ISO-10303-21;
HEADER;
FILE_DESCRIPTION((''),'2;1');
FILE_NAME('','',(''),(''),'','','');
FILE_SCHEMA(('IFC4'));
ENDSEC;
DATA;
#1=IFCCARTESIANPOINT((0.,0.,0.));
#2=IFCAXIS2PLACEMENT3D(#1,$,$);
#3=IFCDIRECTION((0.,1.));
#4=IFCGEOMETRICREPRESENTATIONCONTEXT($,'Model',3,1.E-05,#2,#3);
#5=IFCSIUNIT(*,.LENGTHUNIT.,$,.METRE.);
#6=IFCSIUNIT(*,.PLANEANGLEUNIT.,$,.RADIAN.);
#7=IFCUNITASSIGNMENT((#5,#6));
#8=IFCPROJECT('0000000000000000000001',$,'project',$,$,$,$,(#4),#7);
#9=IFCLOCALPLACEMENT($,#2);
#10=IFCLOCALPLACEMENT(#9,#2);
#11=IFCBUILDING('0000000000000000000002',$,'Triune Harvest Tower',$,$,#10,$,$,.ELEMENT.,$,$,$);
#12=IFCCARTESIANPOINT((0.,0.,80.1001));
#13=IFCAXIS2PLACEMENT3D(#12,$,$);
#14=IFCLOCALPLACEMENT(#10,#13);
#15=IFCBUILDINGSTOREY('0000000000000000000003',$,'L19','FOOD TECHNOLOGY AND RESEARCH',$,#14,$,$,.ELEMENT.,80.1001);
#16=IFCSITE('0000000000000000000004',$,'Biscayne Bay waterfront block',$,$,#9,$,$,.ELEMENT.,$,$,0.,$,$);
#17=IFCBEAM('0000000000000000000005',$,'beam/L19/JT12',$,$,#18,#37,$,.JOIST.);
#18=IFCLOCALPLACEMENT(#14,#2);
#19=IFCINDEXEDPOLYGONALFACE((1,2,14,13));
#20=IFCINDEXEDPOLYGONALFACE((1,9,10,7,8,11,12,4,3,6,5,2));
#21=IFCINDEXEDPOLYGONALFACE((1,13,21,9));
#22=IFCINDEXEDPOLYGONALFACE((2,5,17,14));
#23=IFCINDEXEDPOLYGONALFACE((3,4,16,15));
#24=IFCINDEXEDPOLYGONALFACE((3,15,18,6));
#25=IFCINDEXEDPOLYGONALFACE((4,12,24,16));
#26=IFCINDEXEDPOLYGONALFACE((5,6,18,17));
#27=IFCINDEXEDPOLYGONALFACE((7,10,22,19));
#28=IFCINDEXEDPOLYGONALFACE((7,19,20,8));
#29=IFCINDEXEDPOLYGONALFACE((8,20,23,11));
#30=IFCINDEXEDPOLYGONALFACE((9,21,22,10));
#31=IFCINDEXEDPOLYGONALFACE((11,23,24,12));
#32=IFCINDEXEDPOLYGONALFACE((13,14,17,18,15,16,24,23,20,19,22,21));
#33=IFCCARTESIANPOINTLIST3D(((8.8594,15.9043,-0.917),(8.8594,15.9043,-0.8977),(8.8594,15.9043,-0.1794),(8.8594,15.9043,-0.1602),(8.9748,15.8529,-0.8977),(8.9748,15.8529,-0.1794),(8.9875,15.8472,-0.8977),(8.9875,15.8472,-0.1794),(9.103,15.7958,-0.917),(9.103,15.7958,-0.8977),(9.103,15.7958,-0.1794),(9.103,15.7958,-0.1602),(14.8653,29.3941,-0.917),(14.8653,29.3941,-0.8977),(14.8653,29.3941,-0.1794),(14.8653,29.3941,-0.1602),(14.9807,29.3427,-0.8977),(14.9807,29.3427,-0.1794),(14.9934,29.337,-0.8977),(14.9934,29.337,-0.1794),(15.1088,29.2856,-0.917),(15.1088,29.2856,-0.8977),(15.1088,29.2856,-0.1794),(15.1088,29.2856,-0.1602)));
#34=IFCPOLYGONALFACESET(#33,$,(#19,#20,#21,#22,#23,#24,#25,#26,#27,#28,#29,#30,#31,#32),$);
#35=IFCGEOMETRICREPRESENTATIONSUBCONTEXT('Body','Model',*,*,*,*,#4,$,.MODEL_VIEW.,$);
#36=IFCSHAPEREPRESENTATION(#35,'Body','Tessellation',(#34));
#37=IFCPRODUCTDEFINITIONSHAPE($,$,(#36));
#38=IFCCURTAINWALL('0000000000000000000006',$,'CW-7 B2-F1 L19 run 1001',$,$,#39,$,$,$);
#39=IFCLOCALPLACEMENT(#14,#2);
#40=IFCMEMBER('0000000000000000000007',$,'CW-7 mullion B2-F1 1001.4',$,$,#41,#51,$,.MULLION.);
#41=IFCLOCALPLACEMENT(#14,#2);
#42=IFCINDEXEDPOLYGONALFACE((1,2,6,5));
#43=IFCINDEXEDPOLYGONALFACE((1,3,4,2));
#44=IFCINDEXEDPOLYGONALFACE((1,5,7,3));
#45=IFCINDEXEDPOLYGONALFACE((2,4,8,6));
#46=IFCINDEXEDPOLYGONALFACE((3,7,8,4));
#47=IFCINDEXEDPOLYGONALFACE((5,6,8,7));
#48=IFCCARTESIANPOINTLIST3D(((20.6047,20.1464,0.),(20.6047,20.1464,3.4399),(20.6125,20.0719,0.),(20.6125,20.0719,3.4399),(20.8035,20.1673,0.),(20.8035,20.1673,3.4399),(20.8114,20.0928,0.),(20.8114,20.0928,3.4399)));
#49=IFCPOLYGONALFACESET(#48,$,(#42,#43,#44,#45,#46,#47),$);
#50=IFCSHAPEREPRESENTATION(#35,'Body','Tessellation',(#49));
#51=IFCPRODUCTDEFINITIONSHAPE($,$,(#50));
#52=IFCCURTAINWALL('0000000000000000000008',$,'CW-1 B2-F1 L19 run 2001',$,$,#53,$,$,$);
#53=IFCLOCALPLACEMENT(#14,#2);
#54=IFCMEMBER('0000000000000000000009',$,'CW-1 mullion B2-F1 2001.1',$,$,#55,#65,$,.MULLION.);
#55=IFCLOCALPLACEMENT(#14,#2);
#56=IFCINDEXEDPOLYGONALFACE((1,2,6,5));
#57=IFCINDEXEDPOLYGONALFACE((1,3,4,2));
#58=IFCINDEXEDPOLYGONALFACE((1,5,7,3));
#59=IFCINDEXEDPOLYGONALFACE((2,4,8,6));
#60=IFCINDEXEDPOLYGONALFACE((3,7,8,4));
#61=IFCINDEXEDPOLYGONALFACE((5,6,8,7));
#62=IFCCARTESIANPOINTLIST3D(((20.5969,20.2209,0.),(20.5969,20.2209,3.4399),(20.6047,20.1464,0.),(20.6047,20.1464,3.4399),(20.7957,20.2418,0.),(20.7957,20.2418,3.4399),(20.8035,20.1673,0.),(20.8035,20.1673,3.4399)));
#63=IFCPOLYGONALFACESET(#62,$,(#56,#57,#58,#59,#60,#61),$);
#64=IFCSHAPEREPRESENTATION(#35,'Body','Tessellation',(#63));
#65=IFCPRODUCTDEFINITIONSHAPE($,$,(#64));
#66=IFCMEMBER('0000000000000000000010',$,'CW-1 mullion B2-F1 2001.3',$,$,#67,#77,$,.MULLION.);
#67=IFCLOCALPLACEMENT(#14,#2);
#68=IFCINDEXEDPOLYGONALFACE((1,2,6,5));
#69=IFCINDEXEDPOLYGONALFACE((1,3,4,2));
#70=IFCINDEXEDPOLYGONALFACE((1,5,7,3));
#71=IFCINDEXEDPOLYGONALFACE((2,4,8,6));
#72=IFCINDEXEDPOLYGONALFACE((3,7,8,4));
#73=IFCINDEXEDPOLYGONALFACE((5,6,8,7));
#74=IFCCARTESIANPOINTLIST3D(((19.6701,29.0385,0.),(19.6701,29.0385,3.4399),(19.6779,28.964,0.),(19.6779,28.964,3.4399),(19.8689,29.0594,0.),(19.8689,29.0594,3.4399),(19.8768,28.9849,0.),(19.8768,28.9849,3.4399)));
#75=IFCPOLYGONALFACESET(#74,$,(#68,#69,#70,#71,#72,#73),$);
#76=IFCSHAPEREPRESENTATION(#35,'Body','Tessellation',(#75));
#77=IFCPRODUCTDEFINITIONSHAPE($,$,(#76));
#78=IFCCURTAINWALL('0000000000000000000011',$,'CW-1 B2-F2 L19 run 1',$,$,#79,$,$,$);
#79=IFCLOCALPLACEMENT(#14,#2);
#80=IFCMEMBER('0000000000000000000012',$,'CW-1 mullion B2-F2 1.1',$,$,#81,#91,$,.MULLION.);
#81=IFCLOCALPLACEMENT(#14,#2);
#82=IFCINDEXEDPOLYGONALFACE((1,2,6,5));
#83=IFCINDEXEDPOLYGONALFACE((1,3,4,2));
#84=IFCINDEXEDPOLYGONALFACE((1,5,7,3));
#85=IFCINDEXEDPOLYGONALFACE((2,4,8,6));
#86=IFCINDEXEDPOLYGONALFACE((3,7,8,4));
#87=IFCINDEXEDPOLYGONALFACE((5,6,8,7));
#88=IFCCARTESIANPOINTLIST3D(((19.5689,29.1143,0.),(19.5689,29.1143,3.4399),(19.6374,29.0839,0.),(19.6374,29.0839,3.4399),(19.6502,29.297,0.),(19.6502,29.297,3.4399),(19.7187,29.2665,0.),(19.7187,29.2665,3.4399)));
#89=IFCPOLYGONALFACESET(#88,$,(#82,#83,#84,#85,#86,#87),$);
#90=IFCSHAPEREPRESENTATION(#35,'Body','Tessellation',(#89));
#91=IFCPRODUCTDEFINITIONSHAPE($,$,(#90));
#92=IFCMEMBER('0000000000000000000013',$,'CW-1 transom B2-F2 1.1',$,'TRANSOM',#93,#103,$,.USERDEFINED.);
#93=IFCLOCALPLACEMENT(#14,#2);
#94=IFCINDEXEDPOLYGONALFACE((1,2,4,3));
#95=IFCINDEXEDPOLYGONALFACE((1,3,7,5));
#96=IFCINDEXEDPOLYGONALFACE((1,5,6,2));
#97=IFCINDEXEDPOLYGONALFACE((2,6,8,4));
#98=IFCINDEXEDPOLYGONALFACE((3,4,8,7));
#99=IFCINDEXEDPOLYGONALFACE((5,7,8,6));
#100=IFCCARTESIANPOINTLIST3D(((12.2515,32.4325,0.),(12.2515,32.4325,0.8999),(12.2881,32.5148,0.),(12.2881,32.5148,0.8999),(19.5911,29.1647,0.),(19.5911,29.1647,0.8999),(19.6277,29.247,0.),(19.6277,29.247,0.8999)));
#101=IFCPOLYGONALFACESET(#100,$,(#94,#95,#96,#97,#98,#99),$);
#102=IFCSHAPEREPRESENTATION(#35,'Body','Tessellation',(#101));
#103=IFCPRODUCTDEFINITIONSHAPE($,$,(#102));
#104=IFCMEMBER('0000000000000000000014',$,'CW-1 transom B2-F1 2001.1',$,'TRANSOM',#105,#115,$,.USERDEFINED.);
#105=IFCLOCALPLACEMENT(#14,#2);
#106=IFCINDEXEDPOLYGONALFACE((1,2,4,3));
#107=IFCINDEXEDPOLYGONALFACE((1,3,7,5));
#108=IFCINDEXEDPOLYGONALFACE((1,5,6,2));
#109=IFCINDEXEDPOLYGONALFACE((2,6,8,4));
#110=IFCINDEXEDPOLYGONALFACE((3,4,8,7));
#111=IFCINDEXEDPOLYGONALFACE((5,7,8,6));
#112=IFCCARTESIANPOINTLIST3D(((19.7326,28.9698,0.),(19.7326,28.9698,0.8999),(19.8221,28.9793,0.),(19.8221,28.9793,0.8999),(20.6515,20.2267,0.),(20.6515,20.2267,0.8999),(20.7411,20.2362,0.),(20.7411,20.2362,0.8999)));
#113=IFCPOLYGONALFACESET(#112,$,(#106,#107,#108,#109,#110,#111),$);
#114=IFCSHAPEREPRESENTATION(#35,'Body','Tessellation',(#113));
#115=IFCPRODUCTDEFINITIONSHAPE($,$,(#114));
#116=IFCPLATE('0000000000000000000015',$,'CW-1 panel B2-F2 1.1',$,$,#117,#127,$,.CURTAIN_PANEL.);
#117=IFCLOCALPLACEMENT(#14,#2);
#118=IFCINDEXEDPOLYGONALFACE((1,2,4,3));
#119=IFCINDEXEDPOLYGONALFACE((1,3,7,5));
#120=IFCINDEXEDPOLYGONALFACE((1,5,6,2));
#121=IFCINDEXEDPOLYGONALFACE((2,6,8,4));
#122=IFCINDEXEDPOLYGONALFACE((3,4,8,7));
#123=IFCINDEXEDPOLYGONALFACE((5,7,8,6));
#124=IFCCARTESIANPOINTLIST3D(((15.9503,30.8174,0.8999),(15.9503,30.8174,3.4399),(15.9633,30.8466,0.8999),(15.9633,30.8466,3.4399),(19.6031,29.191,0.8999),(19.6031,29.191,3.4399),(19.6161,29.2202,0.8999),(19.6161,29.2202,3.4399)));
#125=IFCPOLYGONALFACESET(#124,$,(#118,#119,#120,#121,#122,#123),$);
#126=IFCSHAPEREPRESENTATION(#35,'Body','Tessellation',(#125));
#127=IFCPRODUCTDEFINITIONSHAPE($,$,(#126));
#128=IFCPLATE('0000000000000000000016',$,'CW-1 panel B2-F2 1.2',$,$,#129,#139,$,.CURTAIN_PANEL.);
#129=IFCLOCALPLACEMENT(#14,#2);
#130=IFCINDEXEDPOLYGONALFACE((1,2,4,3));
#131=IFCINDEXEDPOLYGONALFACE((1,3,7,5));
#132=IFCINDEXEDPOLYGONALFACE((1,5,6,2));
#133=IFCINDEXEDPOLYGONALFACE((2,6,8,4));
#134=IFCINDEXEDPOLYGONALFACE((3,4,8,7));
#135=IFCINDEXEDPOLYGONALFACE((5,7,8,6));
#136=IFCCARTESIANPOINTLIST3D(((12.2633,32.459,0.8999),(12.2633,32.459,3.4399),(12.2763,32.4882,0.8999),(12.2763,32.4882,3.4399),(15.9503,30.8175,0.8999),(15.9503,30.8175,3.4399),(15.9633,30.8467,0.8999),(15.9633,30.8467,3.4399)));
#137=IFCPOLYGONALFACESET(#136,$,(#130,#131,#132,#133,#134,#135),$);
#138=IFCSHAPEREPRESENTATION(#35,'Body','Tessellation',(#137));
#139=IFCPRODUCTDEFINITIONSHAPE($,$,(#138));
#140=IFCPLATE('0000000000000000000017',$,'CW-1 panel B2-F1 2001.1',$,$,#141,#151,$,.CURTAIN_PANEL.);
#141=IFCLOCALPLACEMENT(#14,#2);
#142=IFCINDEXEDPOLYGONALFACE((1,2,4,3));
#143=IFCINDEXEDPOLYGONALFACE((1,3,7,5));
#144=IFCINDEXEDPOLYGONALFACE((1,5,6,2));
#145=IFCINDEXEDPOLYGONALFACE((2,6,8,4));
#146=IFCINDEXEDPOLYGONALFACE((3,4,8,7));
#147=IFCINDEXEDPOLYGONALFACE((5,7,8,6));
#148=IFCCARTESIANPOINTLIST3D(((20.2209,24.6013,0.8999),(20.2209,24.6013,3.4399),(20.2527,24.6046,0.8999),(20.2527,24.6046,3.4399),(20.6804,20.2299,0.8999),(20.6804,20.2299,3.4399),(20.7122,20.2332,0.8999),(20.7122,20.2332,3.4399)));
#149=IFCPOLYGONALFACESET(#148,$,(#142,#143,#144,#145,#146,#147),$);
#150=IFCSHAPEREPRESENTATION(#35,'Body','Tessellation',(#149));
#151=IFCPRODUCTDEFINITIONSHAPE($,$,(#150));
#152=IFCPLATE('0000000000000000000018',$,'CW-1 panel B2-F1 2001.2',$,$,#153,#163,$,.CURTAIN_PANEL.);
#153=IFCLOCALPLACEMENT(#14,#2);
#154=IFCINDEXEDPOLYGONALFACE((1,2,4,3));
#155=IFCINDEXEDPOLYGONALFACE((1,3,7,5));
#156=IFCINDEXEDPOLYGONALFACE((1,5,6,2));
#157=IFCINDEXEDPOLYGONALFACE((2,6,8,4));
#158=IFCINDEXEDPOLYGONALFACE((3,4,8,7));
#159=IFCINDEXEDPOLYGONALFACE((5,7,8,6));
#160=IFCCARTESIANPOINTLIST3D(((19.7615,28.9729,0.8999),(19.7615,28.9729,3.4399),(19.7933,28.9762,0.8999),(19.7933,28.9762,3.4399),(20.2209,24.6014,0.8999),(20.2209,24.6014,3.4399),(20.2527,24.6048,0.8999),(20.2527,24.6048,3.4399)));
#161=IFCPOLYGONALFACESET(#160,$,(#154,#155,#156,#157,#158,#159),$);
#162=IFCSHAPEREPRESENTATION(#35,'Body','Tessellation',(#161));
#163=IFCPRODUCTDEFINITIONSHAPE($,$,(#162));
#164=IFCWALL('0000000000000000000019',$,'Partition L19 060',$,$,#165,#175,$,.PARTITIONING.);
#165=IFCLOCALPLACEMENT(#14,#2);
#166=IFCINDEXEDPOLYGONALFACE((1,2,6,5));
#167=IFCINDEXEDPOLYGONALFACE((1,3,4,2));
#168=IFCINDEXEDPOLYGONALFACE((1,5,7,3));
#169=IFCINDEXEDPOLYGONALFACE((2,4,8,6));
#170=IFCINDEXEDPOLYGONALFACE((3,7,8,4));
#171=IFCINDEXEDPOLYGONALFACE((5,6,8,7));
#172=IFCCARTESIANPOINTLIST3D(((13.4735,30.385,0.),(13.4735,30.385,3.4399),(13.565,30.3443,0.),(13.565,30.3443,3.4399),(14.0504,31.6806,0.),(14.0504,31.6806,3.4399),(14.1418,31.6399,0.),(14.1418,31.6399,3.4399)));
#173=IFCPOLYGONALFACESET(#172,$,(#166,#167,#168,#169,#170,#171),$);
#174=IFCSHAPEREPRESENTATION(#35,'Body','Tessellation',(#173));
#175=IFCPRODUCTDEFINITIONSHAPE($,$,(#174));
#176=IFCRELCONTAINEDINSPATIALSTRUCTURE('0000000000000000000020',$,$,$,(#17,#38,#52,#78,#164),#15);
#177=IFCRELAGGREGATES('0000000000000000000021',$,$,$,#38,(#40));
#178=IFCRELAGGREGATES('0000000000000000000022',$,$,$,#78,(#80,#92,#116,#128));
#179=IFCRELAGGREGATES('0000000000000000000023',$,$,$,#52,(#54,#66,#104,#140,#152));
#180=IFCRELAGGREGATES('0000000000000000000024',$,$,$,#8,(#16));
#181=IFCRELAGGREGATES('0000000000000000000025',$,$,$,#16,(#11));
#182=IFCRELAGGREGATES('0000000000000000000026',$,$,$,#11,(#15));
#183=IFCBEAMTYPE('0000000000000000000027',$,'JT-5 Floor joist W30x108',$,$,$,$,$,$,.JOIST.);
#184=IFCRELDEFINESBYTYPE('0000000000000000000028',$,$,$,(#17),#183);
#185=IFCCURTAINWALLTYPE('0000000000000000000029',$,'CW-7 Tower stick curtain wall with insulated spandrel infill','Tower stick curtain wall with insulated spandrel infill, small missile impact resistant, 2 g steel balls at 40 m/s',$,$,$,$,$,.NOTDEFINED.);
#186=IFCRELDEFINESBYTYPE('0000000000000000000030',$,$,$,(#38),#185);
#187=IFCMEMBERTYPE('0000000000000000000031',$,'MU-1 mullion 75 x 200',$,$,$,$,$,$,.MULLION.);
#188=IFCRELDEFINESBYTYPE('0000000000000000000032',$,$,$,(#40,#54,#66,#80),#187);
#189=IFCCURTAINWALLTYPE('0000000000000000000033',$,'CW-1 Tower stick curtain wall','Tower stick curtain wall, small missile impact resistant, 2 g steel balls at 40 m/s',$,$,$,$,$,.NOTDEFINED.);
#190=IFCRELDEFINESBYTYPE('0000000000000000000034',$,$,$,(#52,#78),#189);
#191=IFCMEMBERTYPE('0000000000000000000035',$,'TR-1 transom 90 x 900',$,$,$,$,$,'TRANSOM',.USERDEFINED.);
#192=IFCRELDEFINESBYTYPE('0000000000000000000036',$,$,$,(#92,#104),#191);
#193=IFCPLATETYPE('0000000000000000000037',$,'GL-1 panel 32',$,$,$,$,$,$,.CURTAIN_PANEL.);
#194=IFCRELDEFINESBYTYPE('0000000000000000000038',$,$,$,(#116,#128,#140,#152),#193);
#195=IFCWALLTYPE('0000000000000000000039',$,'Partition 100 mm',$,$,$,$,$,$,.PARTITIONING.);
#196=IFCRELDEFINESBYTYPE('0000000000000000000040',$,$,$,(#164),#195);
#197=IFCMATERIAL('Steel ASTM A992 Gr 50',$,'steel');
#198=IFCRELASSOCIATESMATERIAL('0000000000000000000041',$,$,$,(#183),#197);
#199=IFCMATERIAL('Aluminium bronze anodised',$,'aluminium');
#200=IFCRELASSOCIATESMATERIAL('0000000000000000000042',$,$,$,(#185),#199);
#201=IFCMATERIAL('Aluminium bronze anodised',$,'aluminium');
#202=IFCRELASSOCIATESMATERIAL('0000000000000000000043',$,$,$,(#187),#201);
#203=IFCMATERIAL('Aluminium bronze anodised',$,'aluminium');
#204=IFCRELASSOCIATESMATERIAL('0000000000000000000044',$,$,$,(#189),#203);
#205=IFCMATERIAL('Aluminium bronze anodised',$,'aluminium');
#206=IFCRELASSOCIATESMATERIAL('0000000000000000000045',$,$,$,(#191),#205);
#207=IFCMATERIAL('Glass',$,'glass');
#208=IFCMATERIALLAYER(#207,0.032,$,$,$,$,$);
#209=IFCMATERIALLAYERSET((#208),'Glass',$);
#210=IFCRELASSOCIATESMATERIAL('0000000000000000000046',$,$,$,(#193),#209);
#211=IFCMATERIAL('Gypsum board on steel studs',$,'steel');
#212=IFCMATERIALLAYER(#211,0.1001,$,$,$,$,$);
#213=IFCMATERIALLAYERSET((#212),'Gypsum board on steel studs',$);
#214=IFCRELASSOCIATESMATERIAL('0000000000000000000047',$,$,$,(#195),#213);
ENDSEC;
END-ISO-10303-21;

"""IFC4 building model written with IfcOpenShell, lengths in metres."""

from ifc_helpers import new_model, si_unit, direction, frame, frame_2d, origin, origin_2d, place, context, subcontext, project, spatial, rectangle, i_section, extrude, source, transform, mapped, material, layer, layer_set, material_profile, profile_set, type_object, element, aggregate, save


model = new_model("IFC4")

# Units and contexts
model_context = context("Model", 3, precision=1e-05, world=origin(), true_north=direction((0.0, 1.0)))
body_context = subcontext(model_context, "Body", "Model", "MODEL_VIEW")
ifc_project = project(units=[si_unit("LENGTHUNIT", "METRE"), si_unit("PLANEANGLEUNIT", "RADIAN")], contexts=[model_context])

# Site, building, storey
site_placement = place(None, origin())
site = spatial("IfcSite", under=ifc_project, at=site_placement, Name="Biscayne Bay waterfront block", CompositionType="ELEMENT", RefElevation=0.0)
building_placement = place(site_placement, origin())
building = spatial("IfcBuilding", under=site, at=building_placement, Name="Triune Harvest Tower", CompositionType="ELEMENT")
storey_placement = place(building_placement, frame((0.0, 0.0, 80.1001)))
storey = spatial("IfcBuildingStorey", under=building, at=storey_placement, Name="L19", Description="FOOD TECHNOLOGY AND RESEARCH", CompositionType="ELEMENT", Elevation=80.1001)

# Beam
ifc_material_1 = material(Name="Steel ASTM A992 Gr 50", Category="steel")
ifc_material_profile_1 = material_profile(ifc_material_1, i_section(OverallWidth=0.2666, OverallDepth=0.7568, WebThickness=0.0139, FlangeThickness=0.0193, at=origin_2d()), Name="W30x108")
ifc_profile_set_1 = profile_set([ifc_material_profile_1], Name="Steel ASTM A992 Gr 50")
beam_type_1 = type_object("IfcBeamType", Name="JT-5 Floor joist W30x108", PredefinedType="JOIST", material=ifc_profile_set_1)
shared_shape_1 = source(origin(), body_context, "Body", "SweptSolid", [
    extrude(i_section(OverallWidth=0.2666, OverallDepth=0.7568, WebThickness=0.0139, FlangeThickness=0.0193, at=origin_2d()), origin(), (0.0, 0.0, 1.0), 14.7664),
])
beam_1_placement = place(storey_placement, frame((14.9871, 29.3398, -0.5386), z_axis=(-0.406727, -0.91355, 0.0), x_axis=(0.91355, -0.406727, 0.0)))
element("IfcBeam", 1, at=beam_1_placement, inside=storey, type_object=beam_type_1, Name="beam/L19/JT12", PredefinedType="JOIST", context=body_context, shape_type="MappedRepresentation", body=[
    mapped(shared_shape_1, transform((0.0, 0.0, 0.0), scale=1.0)),
])

# Curtain wall, member
ifc_material_2 = material(Name="Aluminium bronze anodised", Category="aluminium")
curtain_wall_type_1 = type_object("IfcCurtainWallType", Name="CW-7 Tower stick curtain wall with insulated spandrel infill", Description="Tower stick curtain wall with insulated spandrel infill, small missile impact resistant, 2 g steel balls at 40 m/s", PredefinedType="NOTDEFINED", material=ifc_material_2)
curtain_wall_1_placement = place(storey_placement, origin())
curtain_wall_1 = element("IfcCurtainWall", 2, at=curtain_wall_1_placement, inside=storey, type_object=curtain_wall_type_1, Name="CW-7 B2-F1 L19 run 1001")
ifc_material_3 = material(Name="Aluminium bronze anodised", Category="aluminium")
ifc_material_profile_2 = material_profile(ifc_material_3, rectangle(XDim=0.2, YDim=0.075, at=origin_2d()), Name="MU-1 mullion 75 x 200")
ifc_profile_set_2 = profile_set([ifc_material_profile_2], Name="Aluminium bronze anodised")
member_type_1 = type_object("IfcMemberType", Name="MU-1 mullion 75 x 200", PredefinedType="MULLION", material=ifc_profile_set_2)
shared_shape_2 = source(origin(), body_context, "Body", "SweptSolid", [
    extrude(rectangle(XDim=0.2, YDim=0.075, at=origin_2d()), origin(), (0.0, 0.0, 1.0), 3.4399),
])
member_1_placement = place(storey_placement, frame((20.708, 20.1196, 0.0), z_axis=(0.0, 0.0, 1.0), x_axis=(-0.994522, -0.104528, 0.0)))
member_1 = element("IfcMember", 3, at=member_1_placement, type_object=member_type_1, Name="CW-7 mullion B2-F1 1001.4", PredefinedType="MULLION", context=body_context, shape_type="MappedRepresentation", body=[
    mapped(shared_shape_2, transform((0.0, 0.0, 0.0), scale=1.0)),
])
aggregate(curtain_wall_1, [member_1])

# Curtain walls, members
ifc_material_4 = material(Name="Aluminium bronze anodised", Category="aluminium")
curtain_wall_type_2 = type_object("IfcCurtainWallType", Name="CW-1 Tower stick curtain wall", Description="Tower stick curtain wall, small missile impact resistant, 2 g steel balls at 40 m/s", PredefinedType="NOTDEFINED", material=ifc_material_4)
curtain_wall_2_placement = place(storey_placement, origin())
curtain_wall_2 = element("IfcCurtainWall", 4, at=curtain_wall_2_placement, inside=storey, type_object=curtain_wall_type_2, Name="CW-1 B2-F1 L19 run 2001")
member_2_placement = place(storey_placement, frame((20.7002, 20.1941, 0.0), z_axis=(0.0, 0.0, 1.0), x_axis=(-0.994522, -0.104527, 0.0)))
member_2 = element("IfcMember", 5, at=member_2_placement, type_object=member_type_1, Name="CW-1 mullion B2-F1 2001.1", PredefinedType="MULLION", context=body_context, shape_type="MappedRepresentation", body=[
    mapped(shared_shape_2, transform((0.0, 0.0, 0.0), scale=1.0)),
])
member_3_placement = place(storey_placement, frame((19.7734, 29.0117, 0.0), z_axis=(0.0, 0.0, 1.0), x_axis=(-0.994522, -0.104527, 0.0)))
member_3 = element("IfcMember", 6, at=member_3_placement, type_object=member_type_1, Name="CW-1 mullion B2-F1 2001.3", PredefinedType="MULLION", context=body_context, shape_type="MappedRepresentation", body=[
    mapped(shared_shape_2, transform((0.0, 0.0, 0.0), scale=1.0)),
])
curtain_wall_3_placement = place(storey_placement, origin())
curtain_wall_3 = element("IfcCurtainWall", 7, at=curtain_wall_3_placement, inside=storey, type_object=curtain_wall_type_2, Name="CW-1 B2-F2 L19 run 1")
member_4_placement = place(storey_placement, frame((19.6438, 29.1904, 0.0), z_axis=(0.0, 0.0, 1.0), x_axis=(-0.406734, -0.913547, 0.0)))
member_4 = element("IfcMember", 8, at=member_4_placement, type_object=member_type_1, Name="CW-1 mullion B2-F2 1.1", PredefinedType="MULLION", context=body_context, shape_type="MappedRepresentation", body=[
    mapped(shared_shape_2, transform((0.0, 0.0, 0.0), scale=1.0)),
])
ifc_material_5 = material(Name="Aluminium bronze anodised", Category="aluminium")
ifc_material_profile_3 = material_profile(ifc_material_5, rectangle(XDim=0.0901, YDim=0.8999, at=origin_2d()), Name="TR-1 transom 90 x 900")
ifc_profile_set_3 = profile_set([ifc_material_profile_3], Name="Aluminium bronze anodised")
member_type_2 = type_object("IfcMemberType", Name="TR-1 transom 90 x 900", ElementType="TRANSOM", PredefinedType="USERDEFINED", material=ifc_profile_set_3)
shared_shape_3 = source(origin(), body_context, "Body", "SweptSolid", [
    extrude(rectangle(XDim=0.0901, YDim=0.8999, at=origin_2d()), origin(), (0.0, 0.0, 1.0), 8.0342),
])
member_5_placement = place(storey_placement, frame((19.6094, 29.2058, 0.45), z_axis=(-0.913544, 0.406739, 0.0), x_axis=(-0.406739, -0.913544, 0.0)))
member_5 = element("IfcMember", 9, at=member_5_placement, type_object=member_type_2, Name="CW-1 transom B2-F2 1.1", ObjectType="TRANSOM", PredefinedType="USERDEFINED", context=body_context, shape_type="MappedRepresentation", body=[
    mapped(shared_shape_3, transform((0.0, 0.0, 0.0), scale=1.0)),
])

# Member
shared_shape_4 = source(origin(), body_context, "Body", "SweptSolid", [
    extrude(rectangle(XDim=0.0901, YDim=0.8999, at=origin_2d()), origin(), (0.0, 0.0, 1.0), 8.7913),
])
member_6_placement = place(storey_placement, frame((20.6963, 20.2314, 0.45), z_axis=(-0.104529, 0.994522, 0.0), x_axis=(-0.994522, -0.104529, 0.0)))
member_6 = element("IfcMember", 10, at=member_6_placement, type_object=member_type_2, Name="CW-1 transom B2-F1 2001.1", ObjectType="TRANSOM", PredefinedType="USERDEFINED", context=body_context, shape_type="MappedRepresentation", body=[
    mapped(shared_shape_4, transform((0.0, 0.0, 0.0), scale=1.0)),
])

# Plates
ifc_material_6 = material(Name="Glass", Category="glass")
ifc_layer_1 = layer(ifc_material_6, 0.032)
ifc_layer_set_1 = layer_set([ifc_layer_1], Name="Glass")
plate_type = type_object("IfcPlateType", Name="GL-1 panel 32", PredefinedType="CURTAIN_PANEL", material=ifc_layer_set_1)
shared_shape_5 = source(origin(), body_context, "Body", "SweptSolid", [
    extrude(rectangle(XDim=3.9985, YDim=0.032, at=origin_2d()), origin(), (0.0, 0.0, 1.0), 2.54),
])
plate_1_placement = place(storey_placement, frame((17.7832, 30.0188, 0.8999), z_axis=(0.0, 0.0, 1.0), x_axis=(-0.913547, 0.406734, 0.0)))
plate_1 = element("IfcPlate", 11, at=plate_1_placement, type_object=plate_type, Name="CW-1 panel B2-F2 1.1", PredefinedType="CURTAIN_PANEL", context=body_context, shape_type="MappedRepresentation", body=[
    mapped(shared_shape_5, transform((0.0, 0.0, 0.0), scale=1.0)),
])
shared_shape_6 = source(origin(), body_context, "Body", "SweptSolid", [
    extrude(rectangle(XDim=4.0359, YDim=0.032, at=origin_2d()), origin(), (0.0, 0.0, 1.0), 2.54),
])
plate_2_placement = place(storey_placement, frame((14.1133, 31.6528, 0.8999), z_axis=(0.0, 0.0, 1.0), x_axis=(-0.913547, 0.406734, 0.0)))
plate_2 = element("IfcPlate", 12, at=plate_2_placement, type_object=plate_type, Name="CW-1 panel B2-F2 1.2", PredefinedType="CURTAIN_PANEL", context=body_context, shape_type="MappedRepresentation", body=[
    mapped(shared_shape_6, transform((0.0, 0.0, 0.0), scale=1.0)),
])
aggregate(curtain_wall_3, [member_4, member_5, plate_1, plate_2])
shared_shape_7 = source(origin(), body_context, "Body", "SweptSolid", [
    extrude(rectangle(XDim=4.3955, YDim=0.032, at=origin_2d()), origin(), (0.0, 0.0, 1.0), 2.54),
])
plate_3_placement = place(storey_placement, frame((20.4666, 22.4172, 0.8999), z_axis=(0.0, 0.0, 1.0), x_axis=(-0.104527, 0.994522, 0.0)))
plate_3 = element("IfcPlate", 13, at=plate_3_placement, type_object=plate_type, Name="CW-1 panel B2-F1 2001.1", PredefinedType="CURTAIN_PANEL", context=body_context, shape_type="MappedRepresentation", body=[
    mapped(shared_shape_7, transform((0.0, 0.0, 0.0), scale=1.0)),
])
plate_4_placement = place(storey_placement, frame((20.0071, 26.7888, 0.8999), z_axis=(0.0, 0.0, 1.0), x_axis=(-0.104527, 0.994522, 0.0)))
plate_4 = element("IfcPlate", 14, at=plate_4_placement, type_object=plate_type, Name="CW-1 panel B2-F1 2001.2", PredefinedType="CURTAIN_PANEL", context=body_context, shape_type="MappedRepresentation", body=[
    mapped(shared_shape_7, transform((0.0, 0.0, 0.0), scale=1.0)),
])
aggregate(curtain_wall_2, [member_2, member_3, member_6, plate_3, plate_4])

# Wall
ifc_material_7 = material(Name="Gypsum board on steel studs", Category="steel")
ifc_layer_2 = layer(ifc_material_7, 0.1001)
ifc_layer_set_2 = layer_set([ifc_layer_2], Name="Gypsum board on steel studs")
wall_type_1 = type_object("IfcWallType", Name="Partition 100 mm", PredefinedType="PARTITIONING", material=ifc_layer_set_2)
shared_shape_8 = source(origin(), body_context, "Body", "SweptSolid", [
    extrude(rectangle(XDim=1.4182, YDim=0.1001, at=frame_2d((0.709, 0.0))), origin(), (0.0, 0.0, 1.0), 3.4399),
])
wall_1_placement = place(storey_placement, frame((13.5193, 30.3647, 0.0), z_axis=(0.0, 0.0, 1.0), x_axis=(0.406761, 0.913534, 0.0)))
element("IfcWall", 15, at=wall_1_placement, inside=storey, type_object=wall_type_1, Name="Partition L19 060", PredefinedType="PARTITIONING", context=body_context, shape_type="MappedRepresentation", body=[
    mapped(shared_shape_8, transform((0.0, 0.0, 0.0), scale=1.0)),
])

save(model, "model.ifc")
